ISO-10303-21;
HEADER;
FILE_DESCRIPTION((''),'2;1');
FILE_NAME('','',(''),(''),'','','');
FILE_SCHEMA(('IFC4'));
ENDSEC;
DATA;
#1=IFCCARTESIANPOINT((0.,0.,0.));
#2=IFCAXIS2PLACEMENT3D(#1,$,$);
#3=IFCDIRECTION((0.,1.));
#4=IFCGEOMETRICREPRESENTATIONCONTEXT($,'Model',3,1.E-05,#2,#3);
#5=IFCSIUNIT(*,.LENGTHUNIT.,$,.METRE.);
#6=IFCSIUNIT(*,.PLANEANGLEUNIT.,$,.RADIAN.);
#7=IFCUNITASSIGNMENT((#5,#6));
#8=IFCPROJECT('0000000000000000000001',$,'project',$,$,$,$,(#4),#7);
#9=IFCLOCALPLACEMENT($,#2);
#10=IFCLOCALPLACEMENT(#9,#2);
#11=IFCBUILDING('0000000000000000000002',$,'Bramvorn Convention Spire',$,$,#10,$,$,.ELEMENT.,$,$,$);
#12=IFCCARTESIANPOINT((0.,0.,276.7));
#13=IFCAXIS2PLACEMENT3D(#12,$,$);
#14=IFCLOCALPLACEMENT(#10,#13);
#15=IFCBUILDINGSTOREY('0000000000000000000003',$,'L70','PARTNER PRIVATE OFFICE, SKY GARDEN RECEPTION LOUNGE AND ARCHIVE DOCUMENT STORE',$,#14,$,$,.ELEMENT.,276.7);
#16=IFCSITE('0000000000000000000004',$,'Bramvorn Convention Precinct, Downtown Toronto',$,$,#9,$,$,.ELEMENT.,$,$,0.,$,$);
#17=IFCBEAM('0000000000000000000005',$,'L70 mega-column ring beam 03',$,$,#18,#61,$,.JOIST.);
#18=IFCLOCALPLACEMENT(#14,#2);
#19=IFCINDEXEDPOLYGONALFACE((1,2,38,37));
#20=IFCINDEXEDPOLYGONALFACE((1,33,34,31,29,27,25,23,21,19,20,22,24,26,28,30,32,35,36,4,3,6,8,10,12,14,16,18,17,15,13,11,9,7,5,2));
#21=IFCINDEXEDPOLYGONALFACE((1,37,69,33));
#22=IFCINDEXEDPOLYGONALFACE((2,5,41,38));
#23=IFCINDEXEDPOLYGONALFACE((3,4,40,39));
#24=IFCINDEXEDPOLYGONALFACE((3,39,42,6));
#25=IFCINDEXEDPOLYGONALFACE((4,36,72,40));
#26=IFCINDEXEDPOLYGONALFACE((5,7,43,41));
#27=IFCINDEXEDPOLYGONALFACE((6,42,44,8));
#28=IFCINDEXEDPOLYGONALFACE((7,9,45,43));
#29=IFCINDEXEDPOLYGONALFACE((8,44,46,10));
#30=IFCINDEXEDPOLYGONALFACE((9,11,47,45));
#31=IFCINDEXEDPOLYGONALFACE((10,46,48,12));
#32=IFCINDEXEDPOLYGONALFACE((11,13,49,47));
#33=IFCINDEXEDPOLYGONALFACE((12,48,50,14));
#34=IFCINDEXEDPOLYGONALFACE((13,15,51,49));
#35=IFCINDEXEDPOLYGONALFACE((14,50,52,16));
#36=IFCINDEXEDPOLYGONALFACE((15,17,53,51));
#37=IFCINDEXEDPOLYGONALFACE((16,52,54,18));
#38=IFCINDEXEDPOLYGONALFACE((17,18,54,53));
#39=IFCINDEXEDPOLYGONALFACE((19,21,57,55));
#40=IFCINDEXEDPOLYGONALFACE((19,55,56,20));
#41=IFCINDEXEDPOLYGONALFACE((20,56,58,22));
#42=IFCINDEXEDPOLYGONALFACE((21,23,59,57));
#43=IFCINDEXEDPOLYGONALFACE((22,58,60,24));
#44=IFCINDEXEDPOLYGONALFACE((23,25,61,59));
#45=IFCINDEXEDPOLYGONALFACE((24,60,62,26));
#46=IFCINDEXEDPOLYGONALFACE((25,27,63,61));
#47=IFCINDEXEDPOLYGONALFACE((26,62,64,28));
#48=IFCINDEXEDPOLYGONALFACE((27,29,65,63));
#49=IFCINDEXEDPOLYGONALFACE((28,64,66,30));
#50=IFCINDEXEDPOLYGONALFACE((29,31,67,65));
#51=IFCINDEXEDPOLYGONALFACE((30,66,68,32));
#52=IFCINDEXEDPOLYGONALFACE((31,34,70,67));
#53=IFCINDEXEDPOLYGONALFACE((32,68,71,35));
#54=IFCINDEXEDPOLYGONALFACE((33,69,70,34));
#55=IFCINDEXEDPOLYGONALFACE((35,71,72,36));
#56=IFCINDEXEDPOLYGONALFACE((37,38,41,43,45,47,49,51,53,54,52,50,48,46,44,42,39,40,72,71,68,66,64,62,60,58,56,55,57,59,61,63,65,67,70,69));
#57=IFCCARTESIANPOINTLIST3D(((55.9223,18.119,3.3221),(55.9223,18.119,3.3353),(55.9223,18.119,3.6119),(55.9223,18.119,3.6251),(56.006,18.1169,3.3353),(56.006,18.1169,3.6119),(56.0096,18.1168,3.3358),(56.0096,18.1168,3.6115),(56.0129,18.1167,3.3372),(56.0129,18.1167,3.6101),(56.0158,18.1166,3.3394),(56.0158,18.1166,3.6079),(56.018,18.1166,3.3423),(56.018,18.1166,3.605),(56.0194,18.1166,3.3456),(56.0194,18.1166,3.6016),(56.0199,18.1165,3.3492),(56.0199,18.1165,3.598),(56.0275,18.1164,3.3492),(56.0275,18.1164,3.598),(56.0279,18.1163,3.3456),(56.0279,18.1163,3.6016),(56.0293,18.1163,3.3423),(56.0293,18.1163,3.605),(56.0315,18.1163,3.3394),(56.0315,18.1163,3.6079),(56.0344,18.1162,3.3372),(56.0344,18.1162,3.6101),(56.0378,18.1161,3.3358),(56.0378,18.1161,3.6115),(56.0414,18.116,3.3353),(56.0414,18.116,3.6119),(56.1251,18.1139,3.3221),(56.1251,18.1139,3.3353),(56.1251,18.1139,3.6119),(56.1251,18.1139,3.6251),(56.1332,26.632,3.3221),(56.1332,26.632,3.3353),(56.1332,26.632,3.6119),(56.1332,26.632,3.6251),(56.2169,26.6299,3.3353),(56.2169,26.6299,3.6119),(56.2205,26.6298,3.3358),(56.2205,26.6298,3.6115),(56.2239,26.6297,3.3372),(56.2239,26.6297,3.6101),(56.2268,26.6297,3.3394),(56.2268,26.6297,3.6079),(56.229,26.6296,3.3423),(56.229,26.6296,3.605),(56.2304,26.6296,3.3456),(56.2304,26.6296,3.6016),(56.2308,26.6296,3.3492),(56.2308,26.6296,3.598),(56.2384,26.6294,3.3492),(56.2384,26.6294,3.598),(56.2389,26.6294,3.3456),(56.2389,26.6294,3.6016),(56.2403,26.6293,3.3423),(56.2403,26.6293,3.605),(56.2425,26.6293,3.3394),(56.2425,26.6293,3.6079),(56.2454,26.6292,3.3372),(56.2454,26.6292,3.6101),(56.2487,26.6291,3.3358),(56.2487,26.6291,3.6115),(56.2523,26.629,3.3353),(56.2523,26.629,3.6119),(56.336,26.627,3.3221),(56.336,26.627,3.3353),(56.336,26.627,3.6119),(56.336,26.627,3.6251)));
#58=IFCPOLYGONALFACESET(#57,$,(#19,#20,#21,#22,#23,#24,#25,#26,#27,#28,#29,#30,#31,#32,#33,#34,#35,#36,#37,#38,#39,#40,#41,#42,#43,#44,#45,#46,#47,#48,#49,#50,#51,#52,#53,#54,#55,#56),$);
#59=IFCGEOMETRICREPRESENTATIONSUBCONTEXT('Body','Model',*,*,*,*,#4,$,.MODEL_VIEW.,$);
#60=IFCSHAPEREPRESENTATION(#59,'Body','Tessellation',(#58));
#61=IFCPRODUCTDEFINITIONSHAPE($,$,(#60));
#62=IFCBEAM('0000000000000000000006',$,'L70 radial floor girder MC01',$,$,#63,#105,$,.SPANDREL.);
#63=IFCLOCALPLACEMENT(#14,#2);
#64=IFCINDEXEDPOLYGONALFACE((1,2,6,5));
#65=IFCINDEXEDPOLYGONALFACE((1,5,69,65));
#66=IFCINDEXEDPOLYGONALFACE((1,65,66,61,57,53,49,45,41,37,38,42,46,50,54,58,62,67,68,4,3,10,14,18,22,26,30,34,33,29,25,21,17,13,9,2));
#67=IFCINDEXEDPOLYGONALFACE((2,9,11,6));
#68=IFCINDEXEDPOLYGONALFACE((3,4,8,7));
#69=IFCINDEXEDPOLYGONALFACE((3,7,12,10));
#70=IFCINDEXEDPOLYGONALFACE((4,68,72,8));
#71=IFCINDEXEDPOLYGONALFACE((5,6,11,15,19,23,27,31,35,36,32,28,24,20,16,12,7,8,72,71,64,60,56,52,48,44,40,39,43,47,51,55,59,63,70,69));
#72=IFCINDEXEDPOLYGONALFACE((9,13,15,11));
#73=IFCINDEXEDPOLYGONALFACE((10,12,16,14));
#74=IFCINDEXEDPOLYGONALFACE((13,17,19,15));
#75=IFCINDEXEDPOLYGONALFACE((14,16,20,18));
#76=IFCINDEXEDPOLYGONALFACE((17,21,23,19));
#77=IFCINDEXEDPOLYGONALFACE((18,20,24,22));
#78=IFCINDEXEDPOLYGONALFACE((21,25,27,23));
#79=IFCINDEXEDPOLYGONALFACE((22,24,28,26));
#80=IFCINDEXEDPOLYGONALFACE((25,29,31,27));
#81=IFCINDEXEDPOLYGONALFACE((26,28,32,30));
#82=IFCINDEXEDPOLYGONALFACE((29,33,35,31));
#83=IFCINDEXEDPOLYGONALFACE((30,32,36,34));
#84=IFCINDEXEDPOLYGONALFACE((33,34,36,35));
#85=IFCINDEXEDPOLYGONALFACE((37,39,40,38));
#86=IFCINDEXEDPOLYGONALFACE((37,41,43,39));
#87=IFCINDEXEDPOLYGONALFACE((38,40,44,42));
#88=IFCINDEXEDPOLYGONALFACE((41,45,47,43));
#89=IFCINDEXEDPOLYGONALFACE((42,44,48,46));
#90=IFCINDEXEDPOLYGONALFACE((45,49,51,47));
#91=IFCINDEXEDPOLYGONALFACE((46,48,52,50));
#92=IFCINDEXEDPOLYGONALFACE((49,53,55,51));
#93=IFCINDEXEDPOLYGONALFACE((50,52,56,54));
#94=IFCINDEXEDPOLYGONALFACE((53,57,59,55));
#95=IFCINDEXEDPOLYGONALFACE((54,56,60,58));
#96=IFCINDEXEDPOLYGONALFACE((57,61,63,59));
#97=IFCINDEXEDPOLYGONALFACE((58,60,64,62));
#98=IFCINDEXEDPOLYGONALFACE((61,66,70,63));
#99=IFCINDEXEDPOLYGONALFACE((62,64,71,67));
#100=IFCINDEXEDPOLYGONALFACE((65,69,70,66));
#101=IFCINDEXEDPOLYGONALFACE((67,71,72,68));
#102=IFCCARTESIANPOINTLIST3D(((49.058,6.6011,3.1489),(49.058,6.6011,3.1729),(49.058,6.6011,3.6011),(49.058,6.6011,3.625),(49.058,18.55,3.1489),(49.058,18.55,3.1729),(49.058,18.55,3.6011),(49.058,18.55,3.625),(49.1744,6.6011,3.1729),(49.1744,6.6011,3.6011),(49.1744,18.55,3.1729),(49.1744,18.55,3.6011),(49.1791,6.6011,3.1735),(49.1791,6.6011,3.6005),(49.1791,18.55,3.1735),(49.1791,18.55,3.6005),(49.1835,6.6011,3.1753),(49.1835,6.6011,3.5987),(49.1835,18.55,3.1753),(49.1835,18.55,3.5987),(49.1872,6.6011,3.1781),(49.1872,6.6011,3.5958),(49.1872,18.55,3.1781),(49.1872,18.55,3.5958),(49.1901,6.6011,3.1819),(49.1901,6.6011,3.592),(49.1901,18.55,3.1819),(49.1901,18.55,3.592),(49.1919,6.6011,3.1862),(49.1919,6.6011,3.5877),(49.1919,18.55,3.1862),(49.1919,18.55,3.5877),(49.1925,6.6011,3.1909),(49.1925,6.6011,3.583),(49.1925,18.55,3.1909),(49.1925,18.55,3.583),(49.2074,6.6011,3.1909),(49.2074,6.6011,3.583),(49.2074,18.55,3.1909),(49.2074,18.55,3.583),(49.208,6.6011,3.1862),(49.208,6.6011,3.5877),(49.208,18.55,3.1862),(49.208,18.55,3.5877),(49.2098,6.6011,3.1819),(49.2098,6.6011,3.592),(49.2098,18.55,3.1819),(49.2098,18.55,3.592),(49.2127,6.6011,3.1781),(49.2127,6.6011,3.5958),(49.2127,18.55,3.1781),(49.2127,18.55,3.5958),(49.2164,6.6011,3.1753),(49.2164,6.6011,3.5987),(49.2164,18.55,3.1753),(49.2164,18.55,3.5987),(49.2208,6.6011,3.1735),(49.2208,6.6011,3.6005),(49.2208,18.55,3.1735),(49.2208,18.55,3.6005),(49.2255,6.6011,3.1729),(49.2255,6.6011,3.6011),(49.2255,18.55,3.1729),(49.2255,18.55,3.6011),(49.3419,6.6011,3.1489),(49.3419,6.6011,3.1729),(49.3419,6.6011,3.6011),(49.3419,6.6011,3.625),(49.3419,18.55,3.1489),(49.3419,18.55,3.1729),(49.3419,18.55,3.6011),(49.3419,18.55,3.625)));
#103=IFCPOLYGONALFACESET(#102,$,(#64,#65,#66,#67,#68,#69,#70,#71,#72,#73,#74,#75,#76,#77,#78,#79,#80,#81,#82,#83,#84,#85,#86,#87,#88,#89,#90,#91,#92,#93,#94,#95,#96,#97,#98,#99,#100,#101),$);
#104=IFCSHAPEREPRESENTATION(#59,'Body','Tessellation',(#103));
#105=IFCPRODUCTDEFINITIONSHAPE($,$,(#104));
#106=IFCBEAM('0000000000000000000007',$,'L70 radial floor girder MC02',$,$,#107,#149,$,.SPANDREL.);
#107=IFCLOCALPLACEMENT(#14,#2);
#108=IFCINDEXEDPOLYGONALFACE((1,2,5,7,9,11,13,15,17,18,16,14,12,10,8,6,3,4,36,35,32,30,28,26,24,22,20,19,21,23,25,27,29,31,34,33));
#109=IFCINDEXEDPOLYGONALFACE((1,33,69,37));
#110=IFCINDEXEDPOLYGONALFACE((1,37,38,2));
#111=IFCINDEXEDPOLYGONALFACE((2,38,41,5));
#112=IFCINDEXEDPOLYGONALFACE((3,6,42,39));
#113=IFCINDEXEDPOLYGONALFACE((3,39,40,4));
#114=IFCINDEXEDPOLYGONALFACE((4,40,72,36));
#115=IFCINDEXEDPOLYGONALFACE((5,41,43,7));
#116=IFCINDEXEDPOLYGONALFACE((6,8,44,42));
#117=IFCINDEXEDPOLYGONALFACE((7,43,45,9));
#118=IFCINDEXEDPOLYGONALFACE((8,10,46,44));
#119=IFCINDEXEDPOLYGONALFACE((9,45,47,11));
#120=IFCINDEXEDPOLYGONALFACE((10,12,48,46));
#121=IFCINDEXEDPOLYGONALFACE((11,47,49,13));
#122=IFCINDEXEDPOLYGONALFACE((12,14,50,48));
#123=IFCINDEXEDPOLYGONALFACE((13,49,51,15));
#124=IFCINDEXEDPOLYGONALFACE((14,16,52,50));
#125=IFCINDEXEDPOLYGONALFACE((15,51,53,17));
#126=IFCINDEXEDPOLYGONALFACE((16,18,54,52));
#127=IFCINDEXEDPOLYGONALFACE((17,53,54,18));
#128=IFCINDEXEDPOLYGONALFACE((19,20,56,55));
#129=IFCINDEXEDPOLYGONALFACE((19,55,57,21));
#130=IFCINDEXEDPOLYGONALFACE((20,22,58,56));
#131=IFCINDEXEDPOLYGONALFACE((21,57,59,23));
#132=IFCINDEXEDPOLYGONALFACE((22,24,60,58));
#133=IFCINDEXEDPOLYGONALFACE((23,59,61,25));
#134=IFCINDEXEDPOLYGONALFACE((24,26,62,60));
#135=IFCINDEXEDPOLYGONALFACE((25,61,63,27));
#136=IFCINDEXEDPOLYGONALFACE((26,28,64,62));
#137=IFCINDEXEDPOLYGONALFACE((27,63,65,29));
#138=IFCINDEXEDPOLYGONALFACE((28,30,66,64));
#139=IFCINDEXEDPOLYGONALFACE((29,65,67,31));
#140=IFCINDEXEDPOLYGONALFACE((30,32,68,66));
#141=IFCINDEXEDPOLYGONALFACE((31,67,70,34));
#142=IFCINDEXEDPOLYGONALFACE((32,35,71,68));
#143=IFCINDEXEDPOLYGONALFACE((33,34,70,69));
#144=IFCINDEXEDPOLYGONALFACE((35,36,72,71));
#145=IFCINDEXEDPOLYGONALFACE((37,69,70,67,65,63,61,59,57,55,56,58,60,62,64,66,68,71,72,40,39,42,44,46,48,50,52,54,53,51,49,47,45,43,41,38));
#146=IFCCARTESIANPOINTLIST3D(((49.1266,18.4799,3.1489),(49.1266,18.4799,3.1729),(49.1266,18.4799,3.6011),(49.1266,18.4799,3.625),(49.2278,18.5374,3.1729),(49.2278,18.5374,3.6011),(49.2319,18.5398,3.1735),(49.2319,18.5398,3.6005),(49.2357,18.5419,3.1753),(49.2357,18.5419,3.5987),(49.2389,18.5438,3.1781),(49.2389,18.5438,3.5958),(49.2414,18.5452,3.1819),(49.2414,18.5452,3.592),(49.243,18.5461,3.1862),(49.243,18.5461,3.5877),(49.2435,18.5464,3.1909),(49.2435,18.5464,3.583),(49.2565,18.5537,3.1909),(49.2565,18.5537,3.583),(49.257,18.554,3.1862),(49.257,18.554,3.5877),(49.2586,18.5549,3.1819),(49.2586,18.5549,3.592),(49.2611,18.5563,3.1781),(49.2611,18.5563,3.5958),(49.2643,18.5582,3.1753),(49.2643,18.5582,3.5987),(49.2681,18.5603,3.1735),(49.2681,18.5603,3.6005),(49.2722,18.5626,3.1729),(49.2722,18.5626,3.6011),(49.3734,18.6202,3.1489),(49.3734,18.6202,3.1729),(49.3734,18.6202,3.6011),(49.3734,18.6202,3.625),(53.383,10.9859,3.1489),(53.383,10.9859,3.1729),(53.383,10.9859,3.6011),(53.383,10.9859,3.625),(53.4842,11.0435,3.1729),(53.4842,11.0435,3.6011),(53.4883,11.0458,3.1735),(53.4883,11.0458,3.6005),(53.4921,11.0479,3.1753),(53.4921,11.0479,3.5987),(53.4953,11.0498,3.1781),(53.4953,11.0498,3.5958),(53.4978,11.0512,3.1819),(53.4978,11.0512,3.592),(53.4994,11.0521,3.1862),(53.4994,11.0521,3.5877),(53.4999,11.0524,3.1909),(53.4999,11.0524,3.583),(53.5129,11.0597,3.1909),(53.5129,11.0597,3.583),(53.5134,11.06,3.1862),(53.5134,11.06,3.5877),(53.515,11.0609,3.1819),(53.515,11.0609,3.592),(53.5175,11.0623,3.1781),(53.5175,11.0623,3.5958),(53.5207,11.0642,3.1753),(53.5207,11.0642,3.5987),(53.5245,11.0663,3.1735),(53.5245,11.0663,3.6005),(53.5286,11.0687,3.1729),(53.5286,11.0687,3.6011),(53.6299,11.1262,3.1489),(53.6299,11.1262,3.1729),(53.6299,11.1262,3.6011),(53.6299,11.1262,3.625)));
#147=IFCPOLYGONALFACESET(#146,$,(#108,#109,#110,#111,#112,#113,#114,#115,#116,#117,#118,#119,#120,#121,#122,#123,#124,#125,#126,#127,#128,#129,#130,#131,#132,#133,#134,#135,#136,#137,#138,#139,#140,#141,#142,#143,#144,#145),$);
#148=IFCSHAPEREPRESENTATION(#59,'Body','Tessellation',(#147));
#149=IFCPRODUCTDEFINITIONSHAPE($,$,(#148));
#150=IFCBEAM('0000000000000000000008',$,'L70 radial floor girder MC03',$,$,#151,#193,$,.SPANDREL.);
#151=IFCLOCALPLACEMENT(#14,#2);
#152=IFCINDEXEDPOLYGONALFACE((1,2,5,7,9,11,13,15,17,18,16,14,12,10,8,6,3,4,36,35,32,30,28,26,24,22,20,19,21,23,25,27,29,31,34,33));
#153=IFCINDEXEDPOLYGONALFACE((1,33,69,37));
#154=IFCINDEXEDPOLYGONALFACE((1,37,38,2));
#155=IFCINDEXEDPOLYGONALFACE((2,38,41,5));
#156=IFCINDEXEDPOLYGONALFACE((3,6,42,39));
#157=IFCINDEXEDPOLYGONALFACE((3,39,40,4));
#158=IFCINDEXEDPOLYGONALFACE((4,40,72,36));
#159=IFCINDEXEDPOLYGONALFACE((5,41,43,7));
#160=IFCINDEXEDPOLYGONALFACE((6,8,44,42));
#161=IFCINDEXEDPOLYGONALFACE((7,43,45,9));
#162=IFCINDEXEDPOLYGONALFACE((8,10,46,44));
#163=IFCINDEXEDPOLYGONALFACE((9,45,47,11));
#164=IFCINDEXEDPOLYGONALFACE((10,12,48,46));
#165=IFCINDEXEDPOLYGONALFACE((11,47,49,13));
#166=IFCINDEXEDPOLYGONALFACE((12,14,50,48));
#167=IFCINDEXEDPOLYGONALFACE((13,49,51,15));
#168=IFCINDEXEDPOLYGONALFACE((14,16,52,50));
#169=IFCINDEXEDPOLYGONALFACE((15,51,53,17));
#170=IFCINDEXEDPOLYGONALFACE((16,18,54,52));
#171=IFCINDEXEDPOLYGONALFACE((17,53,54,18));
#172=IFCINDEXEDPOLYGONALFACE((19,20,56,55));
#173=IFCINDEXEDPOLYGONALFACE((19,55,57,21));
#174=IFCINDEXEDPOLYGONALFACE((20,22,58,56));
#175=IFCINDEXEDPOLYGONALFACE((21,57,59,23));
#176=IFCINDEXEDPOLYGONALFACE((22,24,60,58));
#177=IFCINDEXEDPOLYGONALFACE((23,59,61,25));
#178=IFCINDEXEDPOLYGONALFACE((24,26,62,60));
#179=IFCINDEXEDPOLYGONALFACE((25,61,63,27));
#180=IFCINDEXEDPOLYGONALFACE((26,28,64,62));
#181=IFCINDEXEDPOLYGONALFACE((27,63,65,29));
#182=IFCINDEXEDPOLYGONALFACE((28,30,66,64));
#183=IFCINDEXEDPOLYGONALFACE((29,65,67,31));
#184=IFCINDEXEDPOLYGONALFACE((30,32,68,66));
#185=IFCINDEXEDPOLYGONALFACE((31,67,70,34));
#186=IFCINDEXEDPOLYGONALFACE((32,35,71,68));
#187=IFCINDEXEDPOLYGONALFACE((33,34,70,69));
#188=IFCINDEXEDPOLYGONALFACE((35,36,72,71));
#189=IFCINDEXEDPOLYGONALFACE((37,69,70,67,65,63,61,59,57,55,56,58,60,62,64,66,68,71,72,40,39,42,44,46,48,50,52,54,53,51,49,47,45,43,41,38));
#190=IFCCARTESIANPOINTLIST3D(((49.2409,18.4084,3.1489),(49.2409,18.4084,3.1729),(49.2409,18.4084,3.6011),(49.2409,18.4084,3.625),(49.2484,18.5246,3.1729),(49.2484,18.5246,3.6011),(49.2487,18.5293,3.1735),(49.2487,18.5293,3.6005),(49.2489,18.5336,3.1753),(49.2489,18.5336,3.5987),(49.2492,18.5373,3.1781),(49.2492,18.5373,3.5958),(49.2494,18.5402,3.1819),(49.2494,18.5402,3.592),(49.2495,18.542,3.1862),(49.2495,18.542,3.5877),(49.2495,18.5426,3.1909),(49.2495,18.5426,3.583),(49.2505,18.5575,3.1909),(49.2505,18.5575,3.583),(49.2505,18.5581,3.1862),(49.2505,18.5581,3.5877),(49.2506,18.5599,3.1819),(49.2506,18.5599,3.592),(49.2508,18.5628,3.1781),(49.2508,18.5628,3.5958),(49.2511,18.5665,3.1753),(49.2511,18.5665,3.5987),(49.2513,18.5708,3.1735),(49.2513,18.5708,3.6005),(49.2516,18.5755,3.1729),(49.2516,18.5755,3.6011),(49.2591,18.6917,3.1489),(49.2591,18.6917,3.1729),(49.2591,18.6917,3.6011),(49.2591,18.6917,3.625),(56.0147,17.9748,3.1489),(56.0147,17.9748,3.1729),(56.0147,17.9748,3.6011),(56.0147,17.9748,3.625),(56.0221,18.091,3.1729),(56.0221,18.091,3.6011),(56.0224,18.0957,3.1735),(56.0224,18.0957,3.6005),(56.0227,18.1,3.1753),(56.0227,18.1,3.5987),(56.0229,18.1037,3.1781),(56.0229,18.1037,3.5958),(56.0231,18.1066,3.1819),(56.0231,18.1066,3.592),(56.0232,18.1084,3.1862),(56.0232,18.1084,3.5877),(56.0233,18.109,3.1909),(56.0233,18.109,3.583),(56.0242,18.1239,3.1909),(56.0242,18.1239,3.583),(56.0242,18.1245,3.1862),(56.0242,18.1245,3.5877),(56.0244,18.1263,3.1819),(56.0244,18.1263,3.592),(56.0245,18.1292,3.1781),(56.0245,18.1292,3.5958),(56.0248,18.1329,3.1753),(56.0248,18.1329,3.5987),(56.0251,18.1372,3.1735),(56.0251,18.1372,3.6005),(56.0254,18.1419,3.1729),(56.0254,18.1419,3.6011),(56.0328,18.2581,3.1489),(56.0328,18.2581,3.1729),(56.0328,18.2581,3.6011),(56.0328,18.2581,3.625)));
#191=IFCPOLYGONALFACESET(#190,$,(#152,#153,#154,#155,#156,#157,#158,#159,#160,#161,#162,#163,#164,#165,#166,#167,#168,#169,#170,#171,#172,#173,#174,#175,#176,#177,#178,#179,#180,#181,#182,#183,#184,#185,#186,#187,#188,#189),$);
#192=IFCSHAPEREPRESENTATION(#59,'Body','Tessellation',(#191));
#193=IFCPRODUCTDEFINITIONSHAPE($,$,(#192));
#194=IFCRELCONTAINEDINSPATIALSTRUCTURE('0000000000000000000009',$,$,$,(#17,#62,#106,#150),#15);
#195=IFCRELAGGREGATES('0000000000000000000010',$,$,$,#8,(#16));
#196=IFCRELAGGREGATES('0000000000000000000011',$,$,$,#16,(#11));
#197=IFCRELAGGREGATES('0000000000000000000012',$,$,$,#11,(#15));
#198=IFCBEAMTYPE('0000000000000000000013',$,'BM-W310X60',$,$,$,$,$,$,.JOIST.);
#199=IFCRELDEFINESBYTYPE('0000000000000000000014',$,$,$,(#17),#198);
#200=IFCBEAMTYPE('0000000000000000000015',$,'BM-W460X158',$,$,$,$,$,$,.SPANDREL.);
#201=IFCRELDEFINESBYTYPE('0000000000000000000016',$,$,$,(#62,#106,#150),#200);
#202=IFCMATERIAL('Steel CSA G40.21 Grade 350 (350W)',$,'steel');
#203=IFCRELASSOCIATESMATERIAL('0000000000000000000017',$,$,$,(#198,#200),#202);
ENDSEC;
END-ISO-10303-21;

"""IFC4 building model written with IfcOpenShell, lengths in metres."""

from ifc_helpers import new_model, si_unit, direction, frame, origin, origin_2d, place, context, subcontext, project, spatial, i_section, extrude, material, material_profile, profile_set, type_object, element, save


model = new_model("IFC4")

# Units and contexts
model_context = context("Model", 3, precision=1e-05, world=origin(), true_north=direction((0.0, 1.0)))
body_context = subcontext(model_context, "Body", "Model", "MODEL_VIEW")
ifc_project = project(units=[si_unit("LENGTHUNIT", "METRE"), si_unit("PLANEANGLEUNIT", "RADIAN")], contexts=[model_context])

# Site, building, storey
site_placement = place(None, origin())
site = spatial("IfcSite", under=ifc_project, at=site_placement, Name="Bramvorn Convention Precinct, Downtown Toronto", CompositionType="ELEMENT", RefElevation=0.0)
building_placement = place(site_placement, origin())
building = spatial("IfcBuilding", under=site, at=building_placement, Name="Bramvorn Convention Spire", CompositionType="ELEMENT")
storey_placement = place(building_placement, frame((0.0, 0.0, 276.7)))
storey = spatial("IfcBuildingStorey", under=building, at=storey_placement, Name="L70", Description="PARTNER PRIVATE OFFICE, SKY GARDEN RECEPTION LOUNGE AND ARCHIVE DOCUMENT STORE", CompositionType="ELEMENT", Elevation=276.7)

# Shared definitions
ifc_material_1 = material(Name="Steel CSA G40.21 Grade 350 (350W)", Category="steel")

# Beams
ifc_material_profile_1 = material_profile(ifc_material_1, i_section(OverallWidth=0.2029, OverallDepth=0.303, WebThickness=0.0076, FlangeThickness=0.0132, FilletRadius=0.0139, at=origin_2d()))
ifc_profile_set_1 = profile_set([ifc_material_profile_1], Name="Steel CSA G40.21 Grade 350 (350W) - W310X60")
beam_type_1 = type_object("IfcBeamType", Name="BM-W310X60", PredefinedType="JOIST", material=ifc_profile_set_1)
beam_1_placement = place(storey_placement, frame((56.0237, 18.1165, 3.4736), z_axis=(0.024771, 0.999693, 0.0), x_axis=(-0.999693, 0.024771, 0.0)))
element("IfcBeam", 1, at=beam_1_placement, inside=storey, type_object=beam_type_1, Name="L70 mega-column ring beam 03", PredefinedType="JOIST", context=body_context, shape_type="SweptSolid", body=[
    extrude(i_section(OverallWidth=0.2029, OverallDepth=0.303, WebThickness=0.0076, FlangeThickness=0.0132, FilletRadius=0.0139, at=origin_2d()), origin(), (0.0, 0.0, 1.0), 8.5156),
])
ifc_material_profile_2 = material_profile(ifc_material_1, i_section(OverallWidth=0.2839, OverallDepth=0.4761, WebThickness=0.0149, FlangeThickness=0.0239, FilletRadius=0.0181, at=origin_2d()))
ifc_profile_set_2 = profile_set([ifc_material_profile_2], Name="Steel CSA G40.21 Grade 350 (350W) - W460X158")
beam_type_2 = type_object("IfcBeamType", Name="BM-W460X158", PredefinedType="SPANDREL", material=ifc_profile_set_2)
beam_2_placement = place(storey_placement, frame((49.2, 18.55, 3.387), z_axis=(0.0, -1.0, 0.0), x_axis=(1.0, 0.0, 0.0)))
element("IfcBeam", 2, at=beam_2_placement, inside=storey, type_object=beam_type_2, Name="L70 radial floor girder MC01", PredefinedType="SPANDREL", context=body_context, shape_type="SweptSolid", body=[
    extrude(i_section(OverallWidth=0.2839, OverallDepth=0.4761, WebThickness=0.0149, FlangeThickness=0.0239, FilletRadius=0.0181, at=origin_2d()), origin(), (0.0, 0.0, 1.0), 11.949),
])
beam_3_placement = place(storey_placement, frame((49.25, 18.55, 3.387), z_axis=(0.493874, -0.869534, 0.0), x_axis=(0.869534, 0.493874, 0.0)))
element("IfcBeam", 3, at=beam_3_placement, inside=storey, type_object=beam_type_2, Name="L70 radial floor girder MC02", PredefinedType="SPANDREL", context=body_context, shape_type="SweptSolid", body=[
    extrude(i_section(OverallWidth=0.2839, OverallDepth=0.4761, WebThickness=0.0149, FlangeThickness=0.0239, FilletRadius=0.0181, at=origin_2d()), origin(), (0.0, 0.0, 1.0), 8.6184),
])
beam_4_placement = place(storey_placement, frame((49.25, 18.55, 3.387), z_axis=(0.997958, -0.063881, 0.0), x_axis=(0.063881, 0.997958, 0.0)))
element("IfcBeam", 4, at=beam_4_placement, inside=storey, type_object=beam_type_2, Name="L70 radial floor girder MC03", PredefinedType="SPANDREL", context=body_context, shape_type="SweptSolid", body=[
    extrude(i_section(OverallWidth=0.2839, OverallDepth=0.4761, WebThickness=0.0149, FlangeThickness=0.0239, FilletRadius=0.0181, at=origin_2d()), origin(), (0.0, 0.0, 1.0), 6.7876),
])

save(model, "model.ifc")
